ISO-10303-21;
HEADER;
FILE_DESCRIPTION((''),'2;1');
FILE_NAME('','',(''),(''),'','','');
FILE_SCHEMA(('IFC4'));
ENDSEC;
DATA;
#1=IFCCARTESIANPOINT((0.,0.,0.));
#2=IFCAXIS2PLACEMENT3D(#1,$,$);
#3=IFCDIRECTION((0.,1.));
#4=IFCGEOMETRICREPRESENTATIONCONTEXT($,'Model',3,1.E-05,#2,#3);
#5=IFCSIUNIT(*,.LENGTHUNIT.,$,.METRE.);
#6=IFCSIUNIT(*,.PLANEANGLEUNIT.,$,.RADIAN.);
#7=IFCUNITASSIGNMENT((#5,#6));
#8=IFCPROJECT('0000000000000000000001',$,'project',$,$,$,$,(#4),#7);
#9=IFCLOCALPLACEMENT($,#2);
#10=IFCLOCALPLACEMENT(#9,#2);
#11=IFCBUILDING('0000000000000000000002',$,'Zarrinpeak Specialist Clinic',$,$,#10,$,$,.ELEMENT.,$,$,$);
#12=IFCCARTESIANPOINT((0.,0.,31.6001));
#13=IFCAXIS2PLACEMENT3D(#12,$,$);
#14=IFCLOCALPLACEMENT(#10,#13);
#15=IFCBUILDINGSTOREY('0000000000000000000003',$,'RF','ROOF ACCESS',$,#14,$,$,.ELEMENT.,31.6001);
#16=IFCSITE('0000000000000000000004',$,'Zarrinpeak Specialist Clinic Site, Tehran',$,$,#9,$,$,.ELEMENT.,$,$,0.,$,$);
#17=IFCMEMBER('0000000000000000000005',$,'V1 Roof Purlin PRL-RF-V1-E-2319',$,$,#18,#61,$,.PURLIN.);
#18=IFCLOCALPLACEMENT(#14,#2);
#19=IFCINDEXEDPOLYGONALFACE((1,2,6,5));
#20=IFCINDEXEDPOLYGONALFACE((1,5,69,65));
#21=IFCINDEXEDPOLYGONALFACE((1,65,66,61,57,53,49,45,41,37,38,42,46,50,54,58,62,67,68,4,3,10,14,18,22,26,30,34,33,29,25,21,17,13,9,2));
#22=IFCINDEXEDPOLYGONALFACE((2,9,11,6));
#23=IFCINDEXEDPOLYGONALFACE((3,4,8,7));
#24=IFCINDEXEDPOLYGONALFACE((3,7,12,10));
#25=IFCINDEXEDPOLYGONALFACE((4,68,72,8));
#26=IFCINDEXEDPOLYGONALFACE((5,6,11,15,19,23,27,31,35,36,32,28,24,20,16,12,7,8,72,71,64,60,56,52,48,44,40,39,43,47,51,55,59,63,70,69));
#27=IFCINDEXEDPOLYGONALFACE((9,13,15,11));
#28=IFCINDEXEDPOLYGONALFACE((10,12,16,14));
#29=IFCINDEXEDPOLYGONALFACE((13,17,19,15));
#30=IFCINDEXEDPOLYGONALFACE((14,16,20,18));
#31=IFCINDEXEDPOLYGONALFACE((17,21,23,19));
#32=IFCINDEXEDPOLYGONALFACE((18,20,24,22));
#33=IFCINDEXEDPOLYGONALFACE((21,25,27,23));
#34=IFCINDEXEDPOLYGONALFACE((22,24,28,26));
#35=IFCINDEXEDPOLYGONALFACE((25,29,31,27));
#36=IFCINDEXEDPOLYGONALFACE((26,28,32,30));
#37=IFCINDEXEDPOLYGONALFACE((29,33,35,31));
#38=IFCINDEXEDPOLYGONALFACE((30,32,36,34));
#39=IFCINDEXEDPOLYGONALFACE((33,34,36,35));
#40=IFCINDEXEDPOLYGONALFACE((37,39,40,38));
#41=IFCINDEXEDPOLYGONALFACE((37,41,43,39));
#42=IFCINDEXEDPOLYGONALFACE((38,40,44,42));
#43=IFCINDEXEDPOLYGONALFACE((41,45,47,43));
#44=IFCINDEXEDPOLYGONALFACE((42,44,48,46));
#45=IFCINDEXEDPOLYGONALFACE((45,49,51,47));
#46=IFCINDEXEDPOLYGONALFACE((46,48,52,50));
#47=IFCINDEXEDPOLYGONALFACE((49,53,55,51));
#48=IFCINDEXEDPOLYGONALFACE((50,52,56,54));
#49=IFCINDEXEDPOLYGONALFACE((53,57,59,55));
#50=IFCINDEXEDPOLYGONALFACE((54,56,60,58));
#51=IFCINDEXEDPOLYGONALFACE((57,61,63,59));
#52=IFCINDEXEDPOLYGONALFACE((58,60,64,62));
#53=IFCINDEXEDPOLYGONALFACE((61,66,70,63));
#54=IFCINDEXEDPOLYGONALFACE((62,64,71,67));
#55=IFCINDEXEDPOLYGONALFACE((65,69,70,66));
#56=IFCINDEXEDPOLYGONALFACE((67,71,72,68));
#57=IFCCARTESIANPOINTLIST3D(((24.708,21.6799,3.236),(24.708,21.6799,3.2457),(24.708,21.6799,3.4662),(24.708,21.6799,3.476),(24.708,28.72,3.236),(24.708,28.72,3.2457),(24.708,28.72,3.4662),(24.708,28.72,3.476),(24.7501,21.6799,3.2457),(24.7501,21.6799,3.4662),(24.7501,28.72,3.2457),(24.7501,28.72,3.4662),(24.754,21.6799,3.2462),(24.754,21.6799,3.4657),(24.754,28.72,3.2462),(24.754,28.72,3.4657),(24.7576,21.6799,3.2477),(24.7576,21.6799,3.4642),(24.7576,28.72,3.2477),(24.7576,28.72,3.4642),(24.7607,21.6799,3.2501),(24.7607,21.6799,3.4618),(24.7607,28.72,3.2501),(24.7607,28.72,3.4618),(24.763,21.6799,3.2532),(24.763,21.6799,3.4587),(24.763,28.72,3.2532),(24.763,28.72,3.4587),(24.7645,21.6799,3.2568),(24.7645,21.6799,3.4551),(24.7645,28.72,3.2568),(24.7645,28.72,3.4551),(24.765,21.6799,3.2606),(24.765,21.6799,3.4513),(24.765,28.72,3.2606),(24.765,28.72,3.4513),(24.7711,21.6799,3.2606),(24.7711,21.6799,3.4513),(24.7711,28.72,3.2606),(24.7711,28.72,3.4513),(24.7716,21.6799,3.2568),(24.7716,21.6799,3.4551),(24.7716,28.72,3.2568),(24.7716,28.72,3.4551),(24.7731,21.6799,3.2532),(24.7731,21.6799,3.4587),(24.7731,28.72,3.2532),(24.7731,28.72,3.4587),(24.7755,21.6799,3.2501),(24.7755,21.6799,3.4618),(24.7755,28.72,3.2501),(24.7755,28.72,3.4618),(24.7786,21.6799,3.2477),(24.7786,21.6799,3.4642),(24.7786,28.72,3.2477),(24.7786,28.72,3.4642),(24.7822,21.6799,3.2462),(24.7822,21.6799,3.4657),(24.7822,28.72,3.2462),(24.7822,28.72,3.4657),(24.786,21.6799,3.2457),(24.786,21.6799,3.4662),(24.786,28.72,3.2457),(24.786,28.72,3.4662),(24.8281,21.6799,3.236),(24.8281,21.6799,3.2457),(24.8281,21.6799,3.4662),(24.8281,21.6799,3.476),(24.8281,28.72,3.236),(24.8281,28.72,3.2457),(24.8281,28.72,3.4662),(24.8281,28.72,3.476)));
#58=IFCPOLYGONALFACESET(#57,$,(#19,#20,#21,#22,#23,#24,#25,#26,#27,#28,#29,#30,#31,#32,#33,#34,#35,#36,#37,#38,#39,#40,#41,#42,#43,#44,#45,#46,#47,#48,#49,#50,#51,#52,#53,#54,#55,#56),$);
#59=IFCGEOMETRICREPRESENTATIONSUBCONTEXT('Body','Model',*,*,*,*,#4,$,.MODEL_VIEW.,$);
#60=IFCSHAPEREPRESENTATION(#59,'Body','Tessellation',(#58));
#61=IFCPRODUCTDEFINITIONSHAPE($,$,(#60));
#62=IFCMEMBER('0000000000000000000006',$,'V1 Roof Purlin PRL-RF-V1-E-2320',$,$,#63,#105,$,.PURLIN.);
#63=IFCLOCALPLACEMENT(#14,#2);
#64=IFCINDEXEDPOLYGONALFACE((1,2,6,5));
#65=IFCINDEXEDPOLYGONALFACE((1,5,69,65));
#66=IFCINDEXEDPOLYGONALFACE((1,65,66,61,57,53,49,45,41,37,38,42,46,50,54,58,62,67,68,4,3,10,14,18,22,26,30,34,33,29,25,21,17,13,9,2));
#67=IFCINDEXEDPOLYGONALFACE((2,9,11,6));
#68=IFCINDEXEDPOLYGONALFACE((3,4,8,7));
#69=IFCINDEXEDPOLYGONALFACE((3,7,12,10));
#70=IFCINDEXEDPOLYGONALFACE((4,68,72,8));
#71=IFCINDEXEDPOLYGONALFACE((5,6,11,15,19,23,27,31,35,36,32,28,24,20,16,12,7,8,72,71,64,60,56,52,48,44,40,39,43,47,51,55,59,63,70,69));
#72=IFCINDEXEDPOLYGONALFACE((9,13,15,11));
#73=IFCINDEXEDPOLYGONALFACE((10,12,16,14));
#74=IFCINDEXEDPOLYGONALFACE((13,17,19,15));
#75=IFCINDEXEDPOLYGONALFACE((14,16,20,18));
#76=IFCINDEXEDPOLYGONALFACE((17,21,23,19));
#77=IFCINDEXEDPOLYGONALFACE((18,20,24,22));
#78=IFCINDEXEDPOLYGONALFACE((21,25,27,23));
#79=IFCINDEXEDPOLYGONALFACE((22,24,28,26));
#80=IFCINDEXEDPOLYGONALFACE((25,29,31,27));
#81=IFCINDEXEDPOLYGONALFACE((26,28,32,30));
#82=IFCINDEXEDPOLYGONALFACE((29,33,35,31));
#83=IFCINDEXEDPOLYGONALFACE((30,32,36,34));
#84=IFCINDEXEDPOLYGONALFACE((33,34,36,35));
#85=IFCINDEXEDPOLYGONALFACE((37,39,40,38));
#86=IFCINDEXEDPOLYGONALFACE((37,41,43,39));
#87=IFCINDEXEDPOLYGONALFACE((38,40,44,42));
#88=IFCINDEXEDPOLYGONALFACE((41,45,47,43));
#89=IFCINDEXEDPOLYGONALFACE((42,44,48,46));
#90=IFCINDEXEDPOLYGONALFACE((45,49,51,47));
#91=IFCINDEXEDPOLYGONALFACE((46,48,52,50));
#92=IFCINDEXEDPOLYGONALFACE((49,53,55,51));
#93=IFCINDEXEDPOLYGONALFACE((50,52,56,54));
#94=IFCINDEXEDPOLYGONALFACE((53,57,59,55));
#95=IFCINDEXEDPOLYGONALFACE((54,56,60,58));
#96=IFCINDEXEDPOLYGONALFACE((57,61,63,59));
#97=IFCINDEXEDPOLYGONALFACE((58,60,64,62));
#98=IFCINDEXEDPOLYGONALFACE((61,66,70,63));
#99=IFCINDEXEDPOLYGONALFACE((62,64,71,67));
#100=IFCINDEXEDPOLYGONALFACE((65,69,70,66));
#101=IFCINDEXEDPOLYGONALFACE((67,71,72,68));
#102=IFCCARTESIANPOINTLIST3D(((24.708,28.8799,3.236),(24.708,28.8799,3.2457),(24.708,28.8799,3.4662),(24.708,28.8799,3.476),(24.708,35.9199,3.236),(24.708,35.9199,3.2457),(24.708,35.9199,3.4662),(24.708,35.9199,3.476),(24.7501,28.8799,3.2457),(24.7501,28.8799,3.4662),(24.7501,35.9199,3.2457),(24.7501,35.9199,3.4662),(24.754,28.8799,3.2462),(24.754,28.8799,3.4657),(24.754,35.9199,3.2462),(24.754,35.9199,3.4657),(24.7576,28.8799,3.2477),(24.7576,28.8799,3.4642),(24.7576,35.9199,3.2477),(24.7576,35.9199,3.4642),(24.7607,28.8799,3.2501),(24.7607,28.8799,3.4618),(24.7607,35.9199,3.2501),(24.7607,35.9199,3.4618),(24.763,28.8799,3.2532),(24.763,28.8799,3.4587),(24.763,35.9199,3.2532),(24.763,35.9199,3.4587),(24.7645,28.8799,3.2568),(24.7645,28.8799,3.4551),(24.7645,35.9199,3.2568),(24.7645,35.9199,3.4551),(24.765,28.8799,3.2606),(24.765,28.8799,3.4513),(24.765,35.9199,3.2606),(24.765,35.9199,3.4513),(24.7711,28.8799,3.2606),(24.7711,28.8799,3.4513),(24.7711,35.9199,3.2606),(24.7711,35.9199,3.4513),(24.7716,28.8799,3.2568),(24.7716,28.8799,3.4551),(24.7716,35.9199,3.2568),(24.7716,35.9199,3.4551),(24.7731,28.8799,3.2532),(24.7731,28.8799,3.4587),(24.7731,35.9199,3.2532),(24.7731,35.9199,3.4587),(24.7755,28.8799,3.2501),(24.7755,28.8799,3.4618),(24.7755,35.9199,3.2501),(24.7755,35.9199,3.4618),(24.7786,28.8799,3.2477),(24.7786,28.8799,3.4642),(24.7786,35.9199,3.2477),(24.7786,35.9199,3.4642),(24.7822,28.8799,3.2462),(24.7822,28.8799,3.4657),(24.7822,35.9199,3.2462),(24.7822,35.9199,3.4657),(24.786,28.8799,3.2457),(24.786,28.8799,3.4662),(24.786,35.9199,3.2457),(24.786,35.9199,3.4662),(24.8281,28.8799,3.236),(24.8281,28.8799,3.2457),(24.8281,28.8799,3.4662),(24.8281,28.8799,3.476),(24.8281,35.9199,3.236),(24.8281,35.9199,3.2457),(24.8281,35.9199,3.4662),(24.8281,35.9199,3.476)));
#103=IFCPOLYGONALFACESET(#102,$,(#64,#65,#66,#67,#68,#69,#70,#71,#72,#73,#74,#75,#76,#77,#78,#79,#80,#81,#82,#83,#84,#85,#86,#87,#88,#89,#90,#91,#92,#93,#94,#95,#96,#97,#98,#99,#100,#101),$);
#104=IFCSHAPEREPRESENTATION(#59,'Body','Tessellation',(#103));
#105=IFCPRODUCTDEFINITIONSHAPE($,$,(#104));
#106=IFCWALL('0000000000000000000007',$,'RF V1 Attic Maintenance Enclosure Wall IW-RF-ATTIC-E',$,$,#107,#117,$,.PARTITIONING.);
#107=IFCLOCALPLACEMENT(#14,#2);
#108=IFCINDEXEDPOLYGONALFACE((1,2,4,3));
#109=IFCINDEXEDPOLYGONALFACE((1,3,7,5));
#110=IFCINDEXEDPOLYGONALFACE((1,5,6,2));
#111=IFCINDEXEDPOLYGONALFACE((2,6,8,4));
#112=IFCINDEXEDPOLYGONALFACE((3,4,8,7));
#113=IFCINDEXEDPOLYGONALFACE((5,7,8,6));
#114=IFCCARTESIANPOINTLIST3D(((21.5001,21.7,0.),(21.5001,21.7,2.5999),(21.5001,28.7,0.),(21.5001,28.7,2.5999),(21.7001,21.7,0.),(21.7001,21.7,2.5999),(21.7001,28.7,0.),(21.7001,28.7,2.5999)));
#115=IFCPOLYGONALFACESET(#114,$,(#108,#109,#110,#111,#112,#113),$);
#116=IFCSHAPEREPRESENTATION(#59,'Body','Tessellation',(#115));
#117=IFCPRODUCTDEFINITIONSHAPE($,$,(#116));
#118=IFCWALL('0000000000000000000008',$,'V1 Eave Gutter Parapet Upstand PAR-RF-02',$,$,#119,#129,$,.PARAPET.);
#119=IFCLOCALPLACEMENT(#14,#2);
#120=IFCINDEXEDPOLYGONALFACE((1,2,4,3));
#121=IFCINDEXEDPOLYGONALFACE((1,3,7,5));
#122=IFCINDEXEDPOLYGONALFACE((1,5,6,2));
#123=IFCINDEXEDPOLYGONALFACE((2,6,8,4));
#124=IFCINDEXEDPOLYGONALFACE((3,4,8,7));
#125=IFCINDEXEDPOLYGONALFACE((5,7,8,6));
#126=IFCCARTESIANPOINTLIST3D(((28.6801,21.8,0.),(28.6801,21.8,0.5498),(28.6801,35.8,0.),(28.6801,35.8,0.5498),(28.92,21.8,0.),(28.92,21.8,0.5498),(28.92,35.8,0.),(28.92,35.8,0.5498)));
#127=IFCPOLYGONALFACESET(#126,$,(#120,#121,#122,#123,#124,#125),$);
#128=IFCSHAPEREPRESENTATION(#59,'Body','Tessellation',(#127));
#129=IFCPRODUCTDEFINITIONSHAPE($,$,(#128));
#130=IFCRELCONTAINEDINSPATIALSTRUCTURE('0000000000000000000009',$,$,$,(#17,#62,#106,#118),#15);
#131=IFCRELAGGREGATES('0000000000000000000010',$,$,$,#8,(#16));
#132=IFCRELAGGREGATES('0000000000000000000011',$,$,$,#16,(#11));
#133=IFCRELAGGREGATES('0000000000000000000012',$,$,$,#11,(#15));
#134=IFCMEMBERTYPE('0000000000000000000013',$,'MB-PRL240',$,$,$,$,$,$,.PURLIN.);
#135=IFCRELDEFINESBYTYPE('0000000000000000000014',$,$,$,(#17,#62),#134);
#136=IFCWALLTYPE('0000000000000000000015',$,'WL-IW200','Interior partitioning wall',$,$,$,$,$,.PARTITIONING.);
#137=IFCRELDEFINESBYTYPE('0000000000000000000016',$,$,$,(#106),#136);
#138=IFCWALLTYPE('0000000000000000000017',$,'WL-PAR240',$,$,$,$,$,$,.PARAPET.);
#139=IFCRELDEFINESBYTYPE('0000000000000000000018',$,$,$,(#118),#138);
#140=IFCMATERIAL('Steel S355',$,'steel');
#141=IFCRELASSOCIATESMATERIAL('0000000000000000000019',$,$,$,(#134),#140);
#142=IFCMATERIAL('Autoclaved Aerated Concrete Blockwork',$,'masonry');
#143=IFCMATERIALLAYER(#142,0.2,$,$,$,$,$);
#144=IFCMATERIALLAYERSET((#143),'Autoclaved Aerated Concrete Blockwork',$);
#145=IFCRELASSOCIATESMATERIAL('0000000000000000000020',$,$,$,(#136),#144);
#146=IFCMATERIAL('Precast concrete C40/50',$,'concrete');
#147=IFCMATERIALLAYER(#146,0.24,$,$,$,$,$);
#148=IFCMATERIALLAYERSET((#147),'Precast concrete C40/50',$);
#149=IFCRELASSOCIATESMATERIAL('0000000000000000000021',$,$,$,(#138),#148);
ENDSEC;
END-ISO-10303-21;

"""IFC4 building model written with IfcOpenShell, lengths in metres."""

from ifc_helpers import new_model, si_unit, direction, frame, frame_2d, origin, origin_2d, place, context, subcontext, project, spatial, rectangle, i_section, extrude, material, layer, layer_set, material_profile, profile_set, type_object, element, save


model = new_model("IFC4")

# Units and contexts
model_context = context("Model", 3, precision=1e-05, world=origin(), true_north=direction((0.0, 1.0)))
body_context = subcontext(model_context, "Body", "Model", "MODEL_VIEW")
ifc_project = project(units=[si_unit("LENGTHUNIT", "METRE"), si_unit("PLANEANGLEUNIT", "RADIAN")], contexts=[model_context])

# Site, building, storey
site_placement = place(None, origin())
site = spatial("IfcSite", under=ifc_project, at=site_placement, Name="Zarrinpeak Specialist Clinic Site, Tehran", CompositionType="ELEMENT", RefElevation=0.0)
building_placement = place(site_placement, origin())
building = spatial("IfcBuilding", under=site, at=building_placement, Name="Zarrinpeak Specialist Clinic", CompositionType="ELEMENT")
storey_placement = place(building_placement, frame((0.0, 0.0, 31.6001)))
storey = spatial("IfcBuildingStorey", under=building, at=storey_placement, Name="RF", Description="ROOF ACCESS", CompositionType="ELEMENT", Elevation=31.6001)

# Shared definitions
ifc_material_1 = material(Name="Steel S355", Category="steel")

# Members
ifc_material_profile_1 = material_profile(ifc_material_1, i_section(OverallWidth=0.1201, OverallDepth=0.24, WebThickness=0.0061, FlangeThickness=0.0098, FilletRadius=0.0149, at=origin_2d()), Name="IPE 240")
ifc_profile_set_1 = profile_set([ifc_material_profile_1], Name="Steel S355")
member_type_1 = type_object("IfcMemberType", Name="MB-PRL240", PredefinedType="PURLIN", material=ifc_profile_set_1)
for number, where, z_axis, x_axis, name in (
    (1, (24.7681, 21.6799, 3.356), (0.0, 1.0, 0.0), (-1.0, 0.0, 0.0), "V1 Roof Purlin PRL-RF-V1-E-2319"),
    (2, (24.7681, 28.8799, 3.356), (0.0, 1.0, 0.0), (-1.0, 0.0, 0.0), "V1 Roof Purlin PRL-RF-V1-E-2320"),
):
    element("IfcMember", number, at=place(storey_placement, frame(where, z_axis=z_axis, x_axis=x_axis)), inside=storey, type_object=member_type_1, Name=name, PredefinedType="PURLIN", context=body_context, shape_type="SweptSolid", body=[
        extrude(i_section(OverallWidth=0.1201, OverallDepth=0.24, WebThickness=0.0061, FlangeThickness=0.0098, FilletRadius=0.0149, at=origin_2d()), origin(), (0.0, 0.0, 1.0), 7.04),
    ])

# Wall
ifc_material_2 = material(Name="Autoclaved Aerated Concrete Blockwork", Category="masonry")
ifc_layer_1 = layer(ifc_material_2, 0.2)
ifc_layer_set_1 = layer_set([ifc_layer_1], Name="Autoclaved Aerated Concrete Blockwork")
wall_type_1 = type_object("IfcWallType", Name="WL-IW200", Description="Interior partitioning wall", PredefinedType="PARTITIONING", material=ifc_layer_set_1)
wall_1_placement = place(storey_placement, frame((21.6001, 21.7, 0.0), z_axis=(0.0, 0.0, 1.0), x_axis=(0.0, 1.0, 0.0)))
element("IfcWall", 3, at=wall_1_placement, inside=storey, type_object=wall_type_1, Name="RF V1 Attic Maintenance Enclosure Wall IW-RF-ATTIC-E", PredefinedType="PARTITIONING", context=body_context, shape_type="SweptSolid", body=[
    extrude(rectangle(XDim=7.0, YDim=0.2, at=frame_2d((3.5, 0.0))), origin(), (0.0, 0.0, 1.0), 2.5999),
])

# Wall
ifc_material_3 = material(Name="Precast concrete C40/50", Category="concrete")
ifc_layer_2 = layer(ifc_material_3, 0.24)
ifc_layer_set_2 = layer_set([ifc_layer_2], Name="Precast concrete C40/50")
wall_type_2 = type_object("IfcWallType", Name="WL-PAR240", PredefinedType="PARAPET", material=ifc_layer_set_2)
wall_2_placement = place(storey_placement, frame((28.8, 21.8, 0.0), z_axis=(0.0, 0.0, 1.0), x_axis=(0.0, 1.0, 0.0)))
element("IfcWall", 4, at=wall_2_placement, inside=storey, type_object=wall_type_2, Name="V1 Eave Gutter Parapet Upstand PAR-RF-02", PredefinedType="PARAPET", context=body_context, shape_type="SweptSolid", body=[
    extrude(rectangle(XDim=14.0, YDim=0.24, at=frame_2d((7.0, 0.0))), origin(), (0.0, 0.0, 1.0), 0.5498),
])

save(model, "model.ifc")
